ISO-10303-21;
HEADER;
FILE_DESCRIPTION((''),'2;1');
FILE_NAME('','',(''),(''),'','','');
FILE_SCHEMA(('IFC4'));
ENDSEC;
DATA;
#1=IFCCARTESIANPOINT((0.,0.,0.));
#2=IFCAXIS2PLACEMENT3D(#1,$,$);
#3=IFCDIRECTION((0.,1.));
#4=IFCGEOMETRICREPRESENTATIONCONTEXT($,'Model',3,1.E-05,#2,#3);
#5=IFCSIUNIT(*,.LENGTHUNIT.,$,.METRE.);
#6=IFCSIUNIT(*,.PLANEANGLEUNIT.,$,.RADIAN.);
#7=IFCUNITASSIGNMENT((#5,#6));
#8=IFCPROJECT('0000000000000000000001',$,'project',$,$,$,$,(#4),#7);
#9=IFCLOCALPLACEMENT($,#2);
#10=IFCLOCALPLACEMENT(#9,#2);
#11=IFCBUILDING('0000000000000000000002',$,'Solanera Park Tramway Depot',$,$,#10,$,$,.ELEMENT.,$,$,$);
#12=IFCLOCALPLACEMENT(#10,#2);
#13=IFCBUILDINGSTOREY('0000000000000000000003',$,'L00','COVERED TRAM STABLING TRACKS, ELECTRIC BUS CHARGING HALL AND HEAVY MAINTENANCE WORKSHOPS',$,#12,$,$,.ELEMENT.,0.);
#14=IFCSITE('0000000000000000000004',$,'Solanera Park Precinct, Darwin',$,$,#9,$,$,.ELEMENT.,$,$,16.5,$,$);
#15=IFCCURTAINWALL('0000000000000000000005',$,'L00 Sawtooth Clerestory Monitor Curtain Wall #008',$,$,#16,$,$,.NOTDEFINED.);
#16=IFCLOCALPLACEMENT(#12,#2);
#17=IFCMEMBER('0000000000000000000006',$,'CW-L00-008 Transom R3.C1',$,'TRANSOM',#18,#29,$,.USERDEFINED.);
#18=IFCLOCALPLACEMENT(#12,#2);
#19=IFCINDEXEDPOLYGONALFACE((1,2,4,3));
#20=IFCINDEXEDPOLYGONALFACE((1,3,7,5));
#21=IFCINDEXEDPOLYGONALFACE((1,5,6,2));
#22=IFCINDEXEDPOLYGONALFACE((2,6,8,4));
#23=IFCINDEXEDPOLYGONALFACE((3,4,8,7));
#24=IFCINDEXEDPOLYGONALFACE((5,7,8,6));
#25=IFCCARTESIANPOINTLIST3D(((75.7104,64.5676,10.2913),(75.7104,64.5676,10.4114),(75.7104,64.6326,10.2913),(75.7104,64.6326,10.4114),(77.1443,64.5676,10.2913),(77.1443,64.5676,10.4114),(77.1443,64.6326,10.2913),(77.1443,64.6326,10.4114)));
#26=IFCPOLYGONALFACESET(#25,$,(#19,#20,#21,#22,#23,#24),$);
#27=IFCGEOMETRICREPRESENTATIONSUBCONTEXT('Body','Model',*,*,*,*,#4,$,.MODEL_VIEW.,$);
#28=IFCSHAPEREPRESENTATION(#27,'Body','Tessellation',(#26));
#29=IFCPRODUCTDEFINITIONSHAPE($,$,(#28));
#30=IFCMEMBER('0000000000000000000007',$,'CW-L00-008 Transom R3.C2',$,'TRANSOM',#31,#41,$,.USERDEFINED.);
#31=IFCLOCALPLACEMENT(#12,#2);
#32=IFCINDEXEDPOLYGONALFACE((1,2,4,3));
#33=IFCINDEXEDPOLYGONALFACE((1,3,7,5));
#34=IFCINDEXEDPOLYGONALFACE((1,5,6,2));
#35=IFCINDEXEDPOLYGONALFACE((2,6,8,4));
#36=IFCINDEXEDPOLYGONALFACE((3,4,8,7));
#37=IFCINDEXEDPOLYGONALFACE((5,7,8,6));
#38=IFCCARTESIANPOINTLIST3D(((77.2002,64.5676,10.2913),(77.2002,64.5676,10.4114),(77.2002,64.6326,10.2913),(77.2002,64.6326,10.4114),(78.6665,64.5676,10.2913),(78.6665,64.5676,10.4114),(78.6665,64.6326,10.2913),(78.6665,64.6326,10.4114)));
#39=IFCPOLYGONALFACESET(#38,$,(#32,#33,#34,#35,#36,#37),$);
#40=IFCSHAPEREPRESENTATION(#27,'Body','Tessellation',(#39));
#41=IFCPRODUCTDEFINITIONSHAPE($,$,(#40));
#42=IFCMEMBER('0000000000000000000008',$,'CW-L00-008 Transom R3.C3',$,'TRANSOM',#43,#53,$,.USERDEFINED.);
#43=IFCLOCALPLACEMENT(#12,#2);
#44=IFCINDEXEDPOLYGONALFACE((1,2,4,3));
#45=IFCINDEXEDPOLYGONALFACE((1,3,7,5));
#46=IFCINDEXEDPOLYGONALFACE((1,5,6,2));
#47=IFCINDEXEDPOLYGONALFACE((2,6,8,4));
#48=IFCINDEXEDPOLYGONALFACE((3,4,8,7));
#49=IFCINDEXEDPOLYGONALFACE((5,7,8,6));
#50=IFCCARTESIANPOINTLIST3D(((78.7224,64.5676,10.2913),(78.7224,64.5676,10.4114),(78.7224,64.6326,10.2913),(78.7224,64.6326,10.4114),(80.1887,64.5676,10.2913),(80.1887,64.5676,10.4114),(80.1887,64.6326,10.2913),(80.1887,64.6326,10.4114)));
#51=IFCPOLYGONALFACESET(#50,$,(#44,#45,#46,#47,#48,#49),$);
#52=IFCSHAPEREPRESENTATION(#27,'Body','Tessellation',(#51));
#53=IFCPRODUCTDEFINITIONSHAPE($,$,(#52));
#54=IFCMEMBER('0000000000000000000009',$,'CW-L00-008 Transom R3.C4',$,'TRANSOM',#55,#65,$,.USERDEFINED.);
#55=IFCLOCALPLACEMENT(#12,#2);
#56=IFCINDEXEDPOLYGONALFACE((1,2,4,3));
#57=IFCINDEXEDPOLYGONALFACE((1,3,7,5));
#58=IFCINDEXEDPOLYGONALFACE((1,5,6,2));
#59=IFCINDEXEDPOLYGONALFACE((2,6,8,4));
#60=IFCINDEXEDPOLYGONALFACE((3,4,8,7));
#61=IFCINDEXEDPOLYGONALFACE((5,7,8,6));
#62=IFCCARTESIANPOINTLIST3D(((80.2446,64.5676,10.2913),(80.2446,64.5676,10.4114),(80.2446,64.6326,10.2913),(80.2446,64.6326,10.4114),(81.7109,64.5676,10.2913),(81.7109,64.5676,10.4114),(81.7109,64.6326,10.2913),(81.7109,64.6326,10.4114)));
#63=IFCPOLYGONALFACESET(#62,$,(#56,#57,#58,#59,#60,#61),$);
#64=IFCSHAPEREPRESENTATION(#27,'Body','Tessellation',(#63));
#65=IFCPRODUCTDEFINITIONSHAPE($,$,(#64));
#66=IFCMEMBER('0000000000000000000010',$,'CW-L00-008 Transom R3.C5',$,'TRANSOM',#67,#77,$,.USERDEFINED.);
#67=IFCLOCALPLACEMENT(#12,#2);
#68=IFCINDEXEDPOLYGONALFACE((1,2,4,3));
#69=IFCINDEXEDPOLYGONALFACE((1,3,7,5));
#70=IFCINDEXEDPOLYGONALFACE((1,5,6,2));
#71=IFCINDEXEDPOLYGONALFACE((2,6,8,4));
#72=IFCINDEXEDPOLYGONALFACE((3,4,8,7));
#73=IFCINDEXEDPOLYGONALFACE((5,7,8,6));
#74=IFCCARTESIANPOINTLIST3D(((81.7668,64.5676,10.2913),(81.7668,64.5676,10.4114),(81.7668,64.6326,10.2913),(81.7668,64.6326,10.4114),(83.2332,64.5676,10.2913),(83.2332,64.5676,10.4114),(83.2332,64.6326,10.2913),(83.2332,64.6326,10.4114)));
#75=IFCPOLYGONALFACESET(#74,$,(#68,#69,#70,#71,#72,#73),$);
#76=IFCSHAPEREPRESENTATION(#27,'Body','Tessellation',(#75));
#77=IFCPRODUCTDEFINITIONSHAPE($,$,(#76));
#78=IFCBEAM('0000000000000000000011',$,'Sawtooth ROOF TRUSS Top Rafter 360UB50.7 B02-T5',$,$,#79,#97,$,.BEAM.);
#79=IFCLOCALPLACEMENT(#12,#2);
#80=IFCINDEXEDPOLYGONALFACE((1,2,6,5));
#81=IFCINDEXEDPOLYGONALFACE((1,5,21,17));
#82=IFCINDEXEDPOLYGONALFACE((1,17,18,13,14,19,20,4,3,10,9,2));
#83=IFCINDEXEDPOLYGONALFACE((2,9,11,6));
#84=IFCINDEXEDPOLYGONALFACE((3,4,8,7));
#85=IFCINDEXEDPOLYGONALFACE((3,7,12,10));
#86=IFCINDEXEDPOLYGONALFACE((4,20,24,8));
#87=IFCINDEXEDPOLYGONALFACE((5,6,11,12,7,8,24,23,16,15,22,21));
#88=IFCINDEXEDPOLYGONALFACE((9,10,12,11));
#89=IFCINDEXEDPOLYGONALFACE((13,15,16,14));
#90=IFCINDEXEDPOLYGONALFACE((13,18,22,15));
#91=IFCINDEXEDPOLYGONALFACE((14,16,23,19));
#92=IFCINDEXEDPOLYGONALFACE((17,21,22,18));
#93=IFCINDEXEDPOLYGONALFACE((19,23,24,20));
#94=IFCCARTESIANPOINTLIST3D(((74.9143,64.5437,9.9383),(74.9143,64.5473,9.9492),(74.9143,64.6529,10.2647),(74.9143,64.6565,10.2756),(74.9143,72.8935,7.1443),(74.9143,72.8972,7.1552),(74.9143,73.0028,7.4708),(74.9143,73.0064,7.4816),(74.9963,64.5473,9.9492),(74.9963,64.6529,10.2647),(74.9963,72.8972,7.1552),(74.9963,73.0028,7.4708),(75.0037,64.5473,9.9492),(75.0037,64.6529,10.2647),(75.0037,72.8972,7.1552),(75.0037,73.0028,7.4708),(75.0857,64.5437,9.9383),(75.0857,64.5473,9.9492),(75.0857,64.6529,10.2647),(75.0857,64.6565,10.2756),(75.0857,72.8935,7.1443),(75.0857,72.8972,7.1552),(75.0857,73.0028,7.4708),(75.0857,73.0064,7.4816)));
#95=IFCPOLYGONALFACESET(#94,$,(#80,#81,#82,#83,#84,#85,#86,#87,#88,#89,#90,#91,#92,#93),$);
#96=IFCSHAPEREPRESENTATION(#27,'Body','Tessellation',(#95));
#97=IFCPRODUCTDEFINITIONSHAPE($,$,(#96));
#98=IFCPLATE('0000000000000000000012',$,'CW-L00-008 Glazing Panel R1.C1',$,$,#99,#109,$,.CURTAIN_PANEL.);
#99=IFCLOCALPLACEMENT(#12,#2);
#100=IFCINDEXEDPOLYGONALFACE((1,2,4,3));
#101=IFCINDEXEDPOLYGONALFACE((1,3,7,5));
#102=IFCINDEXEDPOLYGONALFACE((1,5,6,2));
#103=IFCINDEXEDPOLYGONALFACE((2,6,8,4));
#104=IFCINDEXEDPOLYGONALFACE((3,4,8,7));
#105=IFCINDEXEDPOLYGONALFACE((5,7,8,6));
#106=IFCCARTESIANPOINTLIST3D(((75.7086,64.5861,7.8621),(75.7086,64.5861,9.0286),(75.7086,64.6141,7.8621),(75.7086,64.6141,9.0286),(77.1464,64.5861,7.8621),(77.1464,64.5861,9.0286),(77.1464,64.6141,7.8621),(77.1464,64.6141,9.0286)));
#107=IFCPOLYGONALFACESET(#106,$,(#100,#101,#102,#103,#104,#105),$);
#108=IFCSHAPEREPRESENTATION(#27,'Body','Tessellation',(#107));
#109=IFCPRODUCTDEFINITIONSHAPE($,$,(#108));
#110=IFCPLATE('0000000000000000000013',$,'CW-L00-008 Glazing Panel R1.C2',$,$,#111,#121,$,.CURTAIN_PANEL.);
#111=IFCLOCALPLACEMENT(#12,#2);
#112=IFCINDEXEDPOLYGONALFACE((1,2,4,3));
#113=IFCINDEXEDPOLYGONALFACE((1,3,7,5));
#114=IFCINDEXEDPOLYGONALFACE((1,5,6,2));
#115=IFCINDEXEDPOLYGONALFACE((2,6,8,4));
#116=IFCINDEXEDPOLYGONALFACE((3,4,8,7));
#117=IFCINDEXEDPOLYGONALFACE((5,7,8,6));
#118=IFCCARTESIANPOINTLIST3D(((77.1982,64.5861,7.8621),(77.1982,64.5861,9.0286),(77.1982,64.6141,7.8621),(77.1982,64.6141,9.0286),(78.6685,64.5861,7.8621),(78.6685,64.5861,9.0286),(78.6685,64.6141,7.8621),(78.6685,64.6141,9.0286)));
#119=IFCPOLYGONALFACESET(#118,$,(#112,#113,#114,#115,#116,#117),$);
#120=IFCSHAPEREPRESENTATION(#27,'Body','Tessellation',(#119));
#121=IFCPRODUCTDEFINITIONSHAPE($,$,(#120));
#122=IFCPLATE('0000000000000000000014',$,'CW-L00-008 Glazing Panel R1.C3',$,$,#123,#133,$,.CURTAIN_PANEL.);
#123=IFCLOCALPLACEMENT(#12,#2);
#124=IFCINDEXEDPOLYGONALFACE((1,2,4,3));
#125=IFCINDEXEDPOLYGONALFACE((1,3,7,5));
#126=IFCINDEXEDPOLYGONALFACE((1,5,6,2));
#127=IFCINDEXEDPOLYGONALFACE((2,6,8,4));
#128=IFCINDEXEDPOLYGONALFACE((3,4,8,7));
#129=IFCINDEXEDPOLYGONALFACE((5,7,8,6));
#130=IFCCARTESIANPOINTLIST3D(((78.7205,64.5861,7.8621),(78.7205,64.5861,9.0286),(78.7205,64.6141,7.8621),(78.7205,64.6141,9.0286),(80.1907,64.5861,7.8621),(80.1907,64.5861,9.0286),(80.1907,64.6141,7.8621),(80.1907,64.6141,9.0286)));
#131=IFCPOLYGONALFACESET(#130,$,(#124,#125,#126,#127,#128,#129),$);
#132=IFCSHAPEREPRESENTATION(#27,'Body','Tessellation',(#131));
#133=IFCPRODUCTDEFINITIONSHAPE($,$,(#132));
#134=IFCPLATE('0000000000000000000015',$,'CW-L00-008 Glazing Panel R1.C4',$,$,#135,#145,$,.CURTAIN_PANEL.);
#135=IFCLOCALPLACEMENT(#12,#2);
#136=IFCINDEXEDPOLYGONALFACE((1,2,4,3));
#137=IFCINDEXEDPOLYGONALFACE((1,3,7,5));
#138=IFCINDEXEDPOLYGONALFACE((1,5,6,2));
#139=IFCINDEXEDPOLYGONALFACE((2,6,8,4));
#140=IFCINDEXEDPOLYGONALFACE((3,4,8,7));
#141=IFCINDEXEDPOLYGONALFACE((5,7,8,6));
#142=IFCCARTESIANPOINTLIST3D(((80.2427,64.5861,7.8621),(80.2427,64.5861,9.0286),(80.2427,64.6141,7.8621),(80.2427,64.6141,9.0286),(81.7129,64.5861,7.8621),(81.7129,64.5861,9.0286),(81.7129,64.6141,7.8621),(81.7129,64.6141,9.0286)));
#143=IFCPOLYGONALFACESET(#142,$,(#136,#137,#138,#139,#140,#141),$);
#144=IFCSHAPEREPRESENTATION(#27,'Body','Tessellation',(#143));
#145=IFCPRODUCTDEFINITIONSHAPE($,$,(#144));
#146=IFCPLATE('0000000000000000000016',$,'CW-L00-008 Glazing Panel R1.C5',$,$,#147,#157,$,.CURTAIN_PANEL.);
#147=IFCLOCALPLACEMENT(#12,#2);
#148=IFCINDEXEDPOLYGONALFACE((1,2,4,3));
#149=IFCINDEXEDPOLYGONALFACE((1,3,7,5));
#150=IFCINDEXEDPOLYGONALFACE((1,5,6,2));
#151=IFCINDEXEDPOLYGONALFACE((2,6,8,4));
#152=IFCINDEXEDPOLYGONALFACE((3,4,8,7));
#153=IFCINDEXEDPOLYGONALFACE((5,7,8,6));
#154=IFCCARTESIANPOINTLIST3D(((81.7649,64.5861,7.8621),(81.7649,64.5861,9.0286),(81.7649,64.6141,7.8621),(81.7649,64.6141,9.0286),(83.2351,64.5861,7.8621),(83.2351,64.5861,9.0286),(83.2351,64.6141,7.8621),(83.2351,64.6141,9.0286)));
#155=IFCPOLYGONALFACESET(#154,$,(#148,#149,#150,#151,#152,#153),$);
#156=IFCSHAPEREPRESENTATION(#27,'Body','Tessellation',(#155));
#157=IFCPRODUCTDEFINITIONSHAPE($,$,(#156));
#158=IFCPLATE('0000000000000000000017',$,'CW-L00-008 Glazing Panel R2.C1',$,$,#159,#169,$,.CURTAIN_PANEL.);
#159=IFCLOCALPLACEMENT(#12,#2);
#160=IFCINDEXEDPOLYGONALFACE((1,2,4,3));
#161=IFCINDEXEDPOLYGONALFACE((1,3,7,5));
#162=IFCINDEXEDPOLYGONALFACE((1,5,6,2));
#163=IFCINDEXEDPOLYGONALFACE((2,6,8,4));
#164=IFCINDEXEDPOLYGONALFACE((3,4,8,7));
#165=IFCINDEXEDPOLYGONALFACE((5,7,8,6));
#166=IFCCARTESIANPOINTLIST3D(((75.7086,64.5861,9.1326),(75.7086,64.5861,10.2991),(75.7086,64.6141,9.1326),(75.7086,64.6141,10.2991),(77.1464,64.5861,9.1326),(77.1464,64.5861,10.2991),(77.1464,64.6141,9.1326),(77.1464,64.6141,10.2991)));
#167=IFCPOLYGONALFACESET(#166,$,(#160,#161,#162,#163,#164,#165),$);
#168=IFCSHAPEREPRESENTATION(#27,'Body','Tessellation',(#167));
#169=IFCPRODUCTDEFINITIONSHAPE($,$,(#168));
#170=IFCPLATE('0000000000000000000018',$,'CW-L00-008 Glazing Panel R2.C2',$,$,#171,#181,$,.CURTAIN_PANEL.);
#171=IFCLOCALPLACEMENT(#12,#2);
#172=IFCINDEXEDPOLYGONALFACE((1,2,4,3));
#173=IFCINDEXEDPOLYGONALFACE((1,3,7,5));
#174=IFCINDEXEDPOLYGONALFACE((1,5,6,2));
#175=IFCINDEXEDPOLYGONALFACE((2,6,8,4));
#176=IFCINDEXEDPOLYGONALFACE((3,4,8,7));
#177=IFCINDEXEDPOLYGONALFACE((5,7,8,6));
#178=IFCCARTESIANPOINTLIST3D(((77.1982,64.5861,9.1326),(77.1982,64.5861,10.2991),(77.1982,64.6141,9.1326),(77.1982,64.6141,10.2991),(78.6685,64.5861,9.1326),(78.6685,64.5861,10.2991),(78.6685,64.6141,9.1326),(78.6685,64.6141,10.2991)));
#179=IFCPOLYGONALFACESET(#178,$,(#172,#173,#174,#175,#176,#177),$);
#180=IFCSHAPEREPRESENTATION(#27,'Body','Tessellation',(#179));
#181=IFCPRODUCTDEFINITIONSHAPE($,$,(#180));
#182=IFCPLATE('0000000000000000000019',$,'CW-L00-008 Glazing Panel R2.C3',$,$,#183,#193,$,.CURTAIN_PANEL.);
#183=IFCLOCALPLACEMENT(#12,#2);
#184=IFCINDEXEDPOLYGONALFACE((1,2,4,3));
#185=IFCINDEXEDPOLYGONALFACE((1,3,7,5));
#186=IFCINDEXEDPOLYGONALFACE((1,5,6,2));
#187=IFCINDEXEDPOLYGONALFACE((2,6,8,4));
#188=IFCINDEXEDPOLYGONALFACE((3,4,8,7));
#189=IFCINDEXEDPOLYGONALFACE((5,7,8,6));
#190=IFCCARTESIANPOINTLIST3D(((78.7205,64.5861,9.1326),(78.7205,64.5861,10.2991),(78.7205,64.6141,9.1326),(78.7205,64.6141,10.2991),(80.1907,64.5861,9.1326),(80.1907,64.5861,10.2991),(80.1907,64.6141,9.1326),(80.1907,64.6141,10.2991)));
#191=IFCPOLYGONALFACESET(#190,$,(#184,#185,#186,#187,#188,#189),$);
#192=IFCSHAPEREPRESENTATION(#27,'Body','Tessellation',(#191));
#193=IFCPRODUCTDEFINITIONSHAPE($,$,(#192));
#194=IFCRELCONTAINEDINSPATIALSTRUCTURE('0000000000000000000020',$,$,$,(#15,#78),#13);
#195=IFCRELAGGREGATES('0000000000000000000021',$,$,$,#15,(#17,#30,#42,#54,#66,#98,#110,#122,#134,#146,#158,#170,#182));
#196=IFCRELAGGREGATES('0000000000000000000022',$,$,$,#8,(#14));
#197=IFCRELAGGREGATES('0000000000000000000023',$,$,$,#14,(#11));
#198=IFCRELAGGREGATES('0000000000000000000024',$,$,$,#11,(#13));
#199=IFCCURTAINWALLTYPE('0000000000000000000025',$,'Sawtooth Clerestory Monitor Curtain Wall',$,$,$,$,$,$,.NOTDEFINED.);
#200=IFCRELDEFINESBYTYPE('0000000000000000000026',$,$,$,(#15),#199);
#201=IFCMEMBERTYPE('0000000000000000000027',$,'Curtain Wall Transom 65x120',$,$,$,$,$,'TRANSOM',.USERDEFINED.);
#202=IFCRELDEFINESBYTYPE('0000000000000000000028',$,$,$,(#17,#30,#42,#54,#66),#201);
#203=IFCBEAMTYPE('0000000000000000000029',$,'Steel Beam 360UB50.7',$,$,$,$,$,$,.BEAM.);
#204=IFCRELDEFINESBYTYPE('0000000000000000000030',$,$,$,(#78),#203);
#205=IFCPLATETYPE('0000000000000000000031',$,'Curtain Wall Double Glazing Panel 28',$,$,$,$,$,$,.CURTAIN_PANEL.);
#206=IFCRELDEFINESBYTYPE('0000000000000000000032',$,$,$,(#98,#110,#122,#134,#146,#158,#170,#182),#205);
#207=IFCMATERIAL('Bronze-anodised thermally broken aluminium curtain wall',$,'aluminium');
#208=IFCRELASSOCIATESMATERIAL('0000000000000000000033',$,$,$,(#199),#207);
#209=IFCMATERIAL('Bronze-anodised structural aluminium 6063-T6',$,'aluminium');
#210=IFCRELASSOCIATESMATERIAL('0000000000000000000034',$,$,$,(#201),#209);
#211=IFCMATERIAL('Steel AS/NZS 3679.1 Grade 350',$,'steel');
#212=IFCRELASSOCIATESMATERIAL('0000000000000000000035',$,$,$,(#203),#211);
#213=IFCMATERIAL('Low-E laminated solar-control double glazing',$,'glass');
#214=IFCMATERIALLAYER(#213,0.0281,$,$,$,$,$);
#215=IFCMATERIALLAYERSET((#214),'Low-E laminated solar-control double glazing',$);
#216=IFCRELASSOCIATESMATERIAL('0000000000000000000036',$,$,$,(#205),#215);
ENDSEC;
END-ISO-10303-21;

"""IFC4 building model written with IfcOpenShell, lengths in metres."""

from ifc_helpers import new_model, si_unit, direction, frame, origin, origin_2d, place, context, subcontext, project, spatial, rectangle, i_section, extrude, material, layer, layer_set, material_profile, profile_set, type_object, element, aggregate, save


model = new_model("IFC4")

# Units and contexts
model_context = context("Model", 3, precision=1e-05, world=origin(), true_north=direction((0.0, 1.0)))
body_context = subcontext(model_context, "Body", "Model", "MODEL_VIEW")
ifc_project = project(units=[si_unit("LENGTHUNIT", "METRE"), si_unit("PLANEANGLEUNIT", "RADIAN")], contexts=[model_context])

# Site, building, storey
site_placement = place(None, origin())
site = spatial("IfcSite", under=ifc_project, at=site_placement, Name="Solanera Park Precinct, Darwin", CompositionType="ELEMENT", RefElevation=16.5)
building_placement = place(site_placement, origin())
building = spatial("IfcBuilding", under=site, at=building_placement, Name="Solanera Park Tramway Depot", CompositionType="ELEMENT")
storey_placement = place(building_placement, origin())
storey = spatial("IfcBuildingStorey", under=building, at=storey_placement, Name="L00", Description="COVERED TRAM STABLING TRACKS, ELECTRIC BUS CHARGING HALL AND HEAVY MAINTENANCE WORKSHOPS", CompositionType="ELEMENT", Elevation=0.0)

# Curtain wall, members
ifc_material_1 = material(Name="Bronze-anodised thermally broken aluminium curtain wall", Category="aluminium")
curtain_wall_type = type_object("IfcCurtainWallType", Name="Sawtooth Clerestory Monitor Curtain Wall", PredefinedType="NOTDEFINED", material=ifc_material_1)
curtain_wall_placement = place(storey_placement, origin())
curtain_wall = element("IfcCurtainWall", 1, at=curtain_wall_placement, inside=storey, type_object=curtain_wall_type, Name="L00 Sawtooth Clerestory Monitor Curtain Wall #008", PredefinedType="NOTDEFINED")
ifc_material_2 = material(Name="Bronze-anodised structural aluminium 6063-T6", Category="aluminium")
ifc_material_profile_1 = material_profile(ifc_material_2, rectangle(XDim=0.0649, YDim=0.1201, at=origin_2d()), Name="Curtain Wall Transom 65x120")
ifc_profile_set_1 = profile_set([ifc_material_profile_1], Name="Bronze-anodised structural aluminium 6063-T6")
member_type_1 = type_object("IfcMemberType", Name="Curtain Wall Transom 65x120", ElementType="TRANSOM", PredefinedType="USERDEFINED", material=ifc_profile_set_1)
member_1_placement = place(storey_placement, frame((75.7104, 64.6001, 10.3513), z_axis=(1.0, 0.0, 0.0), x_axis=(0.0, 1.0, 0.0)))
member_1 = element("IfcMember", 2, at=member_1_placement, type_object=member_type_1, Name="CW-L00-008 Transom R3.C1", ObjectType="TRANSOM", PredefinedType="USERDEFINED", context=body_context, shape_type="SweptSolid", body=[
    extrude(rectangle(XDim=0.0649, YDim=0.1201, at=origin_2d()), origin(), (0.0, 0.0, 1.0), 1.4338),
])
member_2_placement = place(storey_placement, frame((77.2002, 64.6001, 10.3513), z_axis=(1.0, 0.0, 0.0), x_axis=(0.0, 1.0, 0.0)))
member_2 = element("IfcMember", 3, at=member_2_placement, type_object=member_type_1, Name="CW-L00-008 Transom R3.C2", ObjectType="TRANSOM", PredefinedType="USERDEFINED", context=body_context, shape_type="SweptSolid", body=[
    extrude(rectangle(XDim=0.0649, YDim=0.1201, at=origin_2d()), origin(), (0.0, 0.0, 1.0), 1.4663),
])
member_3_placement = place(storey_placement, frame((78.7224, 64.6001, 10.3513), z_axis=(1.0, 0.0, 0.0), x_axis=(0.0, 1.0, 0.0)))
member_3 = element("IfcMember", 4, at=member_3_placement, type_object=member_type_1, Name="CW-L00-008 Transom R3.C3", ObjectType="TRANSOM", PredefinedType="USERDEFINED", context=body_context, shape_type="SweptSolid", body=[
    extrude(rectangle(XDim=0.0649, YDim=0.1201, at=origin_2d()), origin(), (0.0, 0.0, 1.0), 1.4663),
])
member_4_placement = place(storey_placement, frame((80.2446, 64.6001, 10.3513), z_axis=(1.0, 0.0, 0.0), x_axis=(0.0, 1.0, 0.0)))
member_4 = element("IfcMember", 5, at=member_4_placement, type_object=member_type_1, Name="CW-L00-008 Transom R3.C4", ObjectType="TRANSOM", PredefinedType="USERDEFINED", context=body_context, shape_type="SweptSolid", body=[
    extrude(rectangle(XDim=0.0649, YDim=0.1201, at=origin_2d()), origin(), (0.0, 0.0, 1.0), 1.4663),
])
member_5_placement = place(storey_placement, frame((81.7668, 64.6001, 10.3513), z_axis=(1.0, 0.0, 0.0), x_axis=(0.0, 1.0, 0.0)))
member_5 = element("IfcMember", 6, at=member_5_placement, type_object=member_type_1, Name="CW-L00-008 Transom R3.C5", ObjectType="TRANSOM", PredefinedType="USERDEFINED", context=body_context, shape_type="SweptSolid", body=[
    extrude(rectangle(XDim=0.0649, YDim=0.1201, at=origin_2d()), origin(), (0.0, 0.0, 1.0), 1.4663),
])

# Beam
ifc_material_3 = material(Name="Steel AS/NZS 3679.1 Grade 350", Category="steel")
ifc_material_profile_2 = material_profile(ifc_material_3, i_section(OverallWidth=0.1714, OverallDepth=0.3557, WebThickness=0.0073, FlangeThickness=0.0115, at=origin_2d()), Name="360UB50.7")
ifc_profile_set_2 = profile_set([ifc_material_profile_2], Name="Steel AS/NZS 3679.1 Grade 350")
beam_type = type_object("IfcBeamType", Name="Steel Beam 360UB50.7", PredefinedType="BEAM", material=ifc_profile_set_2)
beam_placement = place(storey_placement, frame((75.0, 64.6001, 10.1069), z_axis=(0.0, 0.948319, -0.317317), x_axis=(-1.0, 0.0, 0.0)))
element("IfcBeam", 7, at=beam_placement, inside=storey, type_object=beam_type, Name="Sawtooth ROOF TRUSS Top Rafter 360UB50.7 B02-T5", PredefinedType="BEAM", context=body_context, shape_type="SweptSolid", body=[
    extrude(i_section(OverallWidth=0.1714, OverallDepth=0.3557, WebThickness=0.0073, FlangeThickness=0.0115, at=origin_2d()), origin(), (0.0, 0.0, 1.0), 8.8049),
])

# Plates
ifc_material_4 = material(Name="Low-E laminated solar-control double glazing", Category="glass")
ifc_layer_1 = layer(ifc_material_4, 0.0281)
ifc_layer_set_1 = layer_set([ifc_layer_1], Name="Low-E laminated solar-control double glazing")
plate_type_1 = type_object("IfcPlateType", Name="Curtain Wall Double Glazing Panel 28", PredefinedType="CURTAIN_PANEL", material=ifc_layer_set_1)
plate_1_placement = place(storey_placement, frame((76.4275, 64.6001, 7.8621), z_axis=(0.0, 0.0, 1.0), x_axis=(1.0, 0.0, 0.0)))
plate_1 = element("IfcPlate", 8, at=plate_1_placement, type_object=plate_type_1, Name="CW-L00-008 Glazing Panel R1.C1", PredefinedType="CURTAIN_PANEL", context=body_context, shape_type="SweptSolid", body=[
    extrude(rectangle(XDim=1.4377, YDim=0.0281, at=origin_2d()), origin(), (0.0, 0.0, 1.0), 1.1665),
])
plate_2_placement = place(storey_placement, frame((77.9333, 64.6001, 7.8621), z_axis=(0.0, 0.0, 1.0), x_axis=(1.0, 0.0, 0.0)))
plate_2 = element("IfcPlate", 9, at=plate_2_placement, type_object=plate_type_1, Name="CW-L00-008 Glazing Panel R1.C2", PredefinedType="CURTAIN_PANEL", context=body_context, shape_type="SweptSolid", body=[
    extrude(rectangle(XDim=1.4702, YDim=0.0281, at=origin_2d()), origin(), (0.0, 0.0, 1.0), 1.1665),
])
plate_3_placement = place(storey_placement, frame((79.4556, 64.6001, 7.8621), z_axis=(0.0, 0.0, 1.0), x_axis=(1.0, 0.0, 0.0)))
plate_3 = element("IfcPlate", 10, at=plate_3_placement, type_object=plate_type_1, Name="CW-L00-008 Glazing Panel R1.C3", PredefinedType="CURTAIN_PANEL", context=body_context, shape_type="SweptSolid", body=[
    extrude(rectangle(XDim=1.4702, YDim=0.0281, at=origin_2d()), origin(), (0.0, 0.0, 1.0), 1.1665),
])
plate_4_placement = place(storey_placement, frame((80.9778, 64.6001, 7.8621), z_axis=(0.0, 0.0, 1.0), x_axis=(1.0, 0.0, 0.0)))
plate_4 = element("IfcPlate", 11, at=plate_4_placement, type_object=plate_type_1, Name="CW-L00-008 Glazing Panel R1.C4", PredefinedType="CURTAIN_PANEL", context=body_context, shape_type="SweptSolid", body=[
    extrude(rectangle(XDim=1.4702, YDim=0.0281, at=origin_2d()), origin(), (0.0, 0.0, 1.0), 1.1665),
])
plate_5_placement = place(storey_placement, frame((82.5, 64.6001, 7.8621), z_axis=(0.0, 0.0, 1.0), x_axis=(1.0, 0.0, 0.0)))
plate_5 = element("IfcPlate", 12, at=plate_5_placement, type_object=plate_type_1, Name="CW-L00-008 Glazing Panel R1.C5", PredefinedType="CURTAIN_PANEL", context=body_context, shape_type="SweptSolid", body=[
    extrude(rectangle(XDim=1.4702, YDim=0.0281, at=origin_2d()), origin(), (0.0, 0.0, 1.0), 1.1665),
])
plate_6_placement = place(storey_placement, frame((76.4275, 64.6001, 9.1326), z_axis=(0.0, 0.0, 1.0), x_axis=(1.0, 0.0, 0.0)))
plate_6 = element("IfcPlate", 13, at=plate_6_placement, type_object=plate_type_1, Name="CW-L00-008 Glazing Panel R2.C1", PredefinedType="CURTAIN_PANEL", context=body_context, shape_type="SweptSolid", body=[
    extrude(rectangle(XDim=1.4377, YDim=0.0281, at=origin_2d()), origin(), (0.0, 0.0, 1.0), 1.1665),
])
plate_7_placement = place(storey_placement, frame((77.9333, 64.6001, 9.1326), z_axis=(0.0, 0.0, 1.0), x_axis=(1.0, 0.0, 0.0)))
plate_7 = element("IfcPlate", 14, at=plate_7_placement, type_object=plate_type_1, Name="CW-L00-008 Glazing Panel R2.C2", PredefinedType="CURTAIN_PANEL", context=body_context, shape_type="SweptSolid", body=[
    extrude(rectangle(XDim=1.4702, YDim=0.0281, at=origin_2d()), origin(), (0.0, 0.0, 1.0), 1.1665),
])
plate_8_placement = place(storey_placement, frame((79.4556, 64.6001, 9.1326), z_axis=(0.0, 0.0, 1.0), x_axis=(1.0, 0.0, 0.0)))
plate_8 = element("IfcPlate", 15, at=plate_8_placement, type_object=plate_type_1, Name="CW-L00-008 Glazing Panel R2.C3", PredefinedType="CURTAIN_PANEL", context=body_context, shape_type="SweptSolid", body=[
    extrude(rectangle(XDim=1.4702, YDim=0.0281, at=origin_2d()), origin(), (0.0, 0.0, 1.0), 1.1665),
])
aggregate(curtain_wall, [member_1, member_2, member_3, member_4, member_5, plate_1, plate_2, plate_3, plate_4, plate_5, plate_6, plate_7, plate_8])

save(model, "model.ifc")
